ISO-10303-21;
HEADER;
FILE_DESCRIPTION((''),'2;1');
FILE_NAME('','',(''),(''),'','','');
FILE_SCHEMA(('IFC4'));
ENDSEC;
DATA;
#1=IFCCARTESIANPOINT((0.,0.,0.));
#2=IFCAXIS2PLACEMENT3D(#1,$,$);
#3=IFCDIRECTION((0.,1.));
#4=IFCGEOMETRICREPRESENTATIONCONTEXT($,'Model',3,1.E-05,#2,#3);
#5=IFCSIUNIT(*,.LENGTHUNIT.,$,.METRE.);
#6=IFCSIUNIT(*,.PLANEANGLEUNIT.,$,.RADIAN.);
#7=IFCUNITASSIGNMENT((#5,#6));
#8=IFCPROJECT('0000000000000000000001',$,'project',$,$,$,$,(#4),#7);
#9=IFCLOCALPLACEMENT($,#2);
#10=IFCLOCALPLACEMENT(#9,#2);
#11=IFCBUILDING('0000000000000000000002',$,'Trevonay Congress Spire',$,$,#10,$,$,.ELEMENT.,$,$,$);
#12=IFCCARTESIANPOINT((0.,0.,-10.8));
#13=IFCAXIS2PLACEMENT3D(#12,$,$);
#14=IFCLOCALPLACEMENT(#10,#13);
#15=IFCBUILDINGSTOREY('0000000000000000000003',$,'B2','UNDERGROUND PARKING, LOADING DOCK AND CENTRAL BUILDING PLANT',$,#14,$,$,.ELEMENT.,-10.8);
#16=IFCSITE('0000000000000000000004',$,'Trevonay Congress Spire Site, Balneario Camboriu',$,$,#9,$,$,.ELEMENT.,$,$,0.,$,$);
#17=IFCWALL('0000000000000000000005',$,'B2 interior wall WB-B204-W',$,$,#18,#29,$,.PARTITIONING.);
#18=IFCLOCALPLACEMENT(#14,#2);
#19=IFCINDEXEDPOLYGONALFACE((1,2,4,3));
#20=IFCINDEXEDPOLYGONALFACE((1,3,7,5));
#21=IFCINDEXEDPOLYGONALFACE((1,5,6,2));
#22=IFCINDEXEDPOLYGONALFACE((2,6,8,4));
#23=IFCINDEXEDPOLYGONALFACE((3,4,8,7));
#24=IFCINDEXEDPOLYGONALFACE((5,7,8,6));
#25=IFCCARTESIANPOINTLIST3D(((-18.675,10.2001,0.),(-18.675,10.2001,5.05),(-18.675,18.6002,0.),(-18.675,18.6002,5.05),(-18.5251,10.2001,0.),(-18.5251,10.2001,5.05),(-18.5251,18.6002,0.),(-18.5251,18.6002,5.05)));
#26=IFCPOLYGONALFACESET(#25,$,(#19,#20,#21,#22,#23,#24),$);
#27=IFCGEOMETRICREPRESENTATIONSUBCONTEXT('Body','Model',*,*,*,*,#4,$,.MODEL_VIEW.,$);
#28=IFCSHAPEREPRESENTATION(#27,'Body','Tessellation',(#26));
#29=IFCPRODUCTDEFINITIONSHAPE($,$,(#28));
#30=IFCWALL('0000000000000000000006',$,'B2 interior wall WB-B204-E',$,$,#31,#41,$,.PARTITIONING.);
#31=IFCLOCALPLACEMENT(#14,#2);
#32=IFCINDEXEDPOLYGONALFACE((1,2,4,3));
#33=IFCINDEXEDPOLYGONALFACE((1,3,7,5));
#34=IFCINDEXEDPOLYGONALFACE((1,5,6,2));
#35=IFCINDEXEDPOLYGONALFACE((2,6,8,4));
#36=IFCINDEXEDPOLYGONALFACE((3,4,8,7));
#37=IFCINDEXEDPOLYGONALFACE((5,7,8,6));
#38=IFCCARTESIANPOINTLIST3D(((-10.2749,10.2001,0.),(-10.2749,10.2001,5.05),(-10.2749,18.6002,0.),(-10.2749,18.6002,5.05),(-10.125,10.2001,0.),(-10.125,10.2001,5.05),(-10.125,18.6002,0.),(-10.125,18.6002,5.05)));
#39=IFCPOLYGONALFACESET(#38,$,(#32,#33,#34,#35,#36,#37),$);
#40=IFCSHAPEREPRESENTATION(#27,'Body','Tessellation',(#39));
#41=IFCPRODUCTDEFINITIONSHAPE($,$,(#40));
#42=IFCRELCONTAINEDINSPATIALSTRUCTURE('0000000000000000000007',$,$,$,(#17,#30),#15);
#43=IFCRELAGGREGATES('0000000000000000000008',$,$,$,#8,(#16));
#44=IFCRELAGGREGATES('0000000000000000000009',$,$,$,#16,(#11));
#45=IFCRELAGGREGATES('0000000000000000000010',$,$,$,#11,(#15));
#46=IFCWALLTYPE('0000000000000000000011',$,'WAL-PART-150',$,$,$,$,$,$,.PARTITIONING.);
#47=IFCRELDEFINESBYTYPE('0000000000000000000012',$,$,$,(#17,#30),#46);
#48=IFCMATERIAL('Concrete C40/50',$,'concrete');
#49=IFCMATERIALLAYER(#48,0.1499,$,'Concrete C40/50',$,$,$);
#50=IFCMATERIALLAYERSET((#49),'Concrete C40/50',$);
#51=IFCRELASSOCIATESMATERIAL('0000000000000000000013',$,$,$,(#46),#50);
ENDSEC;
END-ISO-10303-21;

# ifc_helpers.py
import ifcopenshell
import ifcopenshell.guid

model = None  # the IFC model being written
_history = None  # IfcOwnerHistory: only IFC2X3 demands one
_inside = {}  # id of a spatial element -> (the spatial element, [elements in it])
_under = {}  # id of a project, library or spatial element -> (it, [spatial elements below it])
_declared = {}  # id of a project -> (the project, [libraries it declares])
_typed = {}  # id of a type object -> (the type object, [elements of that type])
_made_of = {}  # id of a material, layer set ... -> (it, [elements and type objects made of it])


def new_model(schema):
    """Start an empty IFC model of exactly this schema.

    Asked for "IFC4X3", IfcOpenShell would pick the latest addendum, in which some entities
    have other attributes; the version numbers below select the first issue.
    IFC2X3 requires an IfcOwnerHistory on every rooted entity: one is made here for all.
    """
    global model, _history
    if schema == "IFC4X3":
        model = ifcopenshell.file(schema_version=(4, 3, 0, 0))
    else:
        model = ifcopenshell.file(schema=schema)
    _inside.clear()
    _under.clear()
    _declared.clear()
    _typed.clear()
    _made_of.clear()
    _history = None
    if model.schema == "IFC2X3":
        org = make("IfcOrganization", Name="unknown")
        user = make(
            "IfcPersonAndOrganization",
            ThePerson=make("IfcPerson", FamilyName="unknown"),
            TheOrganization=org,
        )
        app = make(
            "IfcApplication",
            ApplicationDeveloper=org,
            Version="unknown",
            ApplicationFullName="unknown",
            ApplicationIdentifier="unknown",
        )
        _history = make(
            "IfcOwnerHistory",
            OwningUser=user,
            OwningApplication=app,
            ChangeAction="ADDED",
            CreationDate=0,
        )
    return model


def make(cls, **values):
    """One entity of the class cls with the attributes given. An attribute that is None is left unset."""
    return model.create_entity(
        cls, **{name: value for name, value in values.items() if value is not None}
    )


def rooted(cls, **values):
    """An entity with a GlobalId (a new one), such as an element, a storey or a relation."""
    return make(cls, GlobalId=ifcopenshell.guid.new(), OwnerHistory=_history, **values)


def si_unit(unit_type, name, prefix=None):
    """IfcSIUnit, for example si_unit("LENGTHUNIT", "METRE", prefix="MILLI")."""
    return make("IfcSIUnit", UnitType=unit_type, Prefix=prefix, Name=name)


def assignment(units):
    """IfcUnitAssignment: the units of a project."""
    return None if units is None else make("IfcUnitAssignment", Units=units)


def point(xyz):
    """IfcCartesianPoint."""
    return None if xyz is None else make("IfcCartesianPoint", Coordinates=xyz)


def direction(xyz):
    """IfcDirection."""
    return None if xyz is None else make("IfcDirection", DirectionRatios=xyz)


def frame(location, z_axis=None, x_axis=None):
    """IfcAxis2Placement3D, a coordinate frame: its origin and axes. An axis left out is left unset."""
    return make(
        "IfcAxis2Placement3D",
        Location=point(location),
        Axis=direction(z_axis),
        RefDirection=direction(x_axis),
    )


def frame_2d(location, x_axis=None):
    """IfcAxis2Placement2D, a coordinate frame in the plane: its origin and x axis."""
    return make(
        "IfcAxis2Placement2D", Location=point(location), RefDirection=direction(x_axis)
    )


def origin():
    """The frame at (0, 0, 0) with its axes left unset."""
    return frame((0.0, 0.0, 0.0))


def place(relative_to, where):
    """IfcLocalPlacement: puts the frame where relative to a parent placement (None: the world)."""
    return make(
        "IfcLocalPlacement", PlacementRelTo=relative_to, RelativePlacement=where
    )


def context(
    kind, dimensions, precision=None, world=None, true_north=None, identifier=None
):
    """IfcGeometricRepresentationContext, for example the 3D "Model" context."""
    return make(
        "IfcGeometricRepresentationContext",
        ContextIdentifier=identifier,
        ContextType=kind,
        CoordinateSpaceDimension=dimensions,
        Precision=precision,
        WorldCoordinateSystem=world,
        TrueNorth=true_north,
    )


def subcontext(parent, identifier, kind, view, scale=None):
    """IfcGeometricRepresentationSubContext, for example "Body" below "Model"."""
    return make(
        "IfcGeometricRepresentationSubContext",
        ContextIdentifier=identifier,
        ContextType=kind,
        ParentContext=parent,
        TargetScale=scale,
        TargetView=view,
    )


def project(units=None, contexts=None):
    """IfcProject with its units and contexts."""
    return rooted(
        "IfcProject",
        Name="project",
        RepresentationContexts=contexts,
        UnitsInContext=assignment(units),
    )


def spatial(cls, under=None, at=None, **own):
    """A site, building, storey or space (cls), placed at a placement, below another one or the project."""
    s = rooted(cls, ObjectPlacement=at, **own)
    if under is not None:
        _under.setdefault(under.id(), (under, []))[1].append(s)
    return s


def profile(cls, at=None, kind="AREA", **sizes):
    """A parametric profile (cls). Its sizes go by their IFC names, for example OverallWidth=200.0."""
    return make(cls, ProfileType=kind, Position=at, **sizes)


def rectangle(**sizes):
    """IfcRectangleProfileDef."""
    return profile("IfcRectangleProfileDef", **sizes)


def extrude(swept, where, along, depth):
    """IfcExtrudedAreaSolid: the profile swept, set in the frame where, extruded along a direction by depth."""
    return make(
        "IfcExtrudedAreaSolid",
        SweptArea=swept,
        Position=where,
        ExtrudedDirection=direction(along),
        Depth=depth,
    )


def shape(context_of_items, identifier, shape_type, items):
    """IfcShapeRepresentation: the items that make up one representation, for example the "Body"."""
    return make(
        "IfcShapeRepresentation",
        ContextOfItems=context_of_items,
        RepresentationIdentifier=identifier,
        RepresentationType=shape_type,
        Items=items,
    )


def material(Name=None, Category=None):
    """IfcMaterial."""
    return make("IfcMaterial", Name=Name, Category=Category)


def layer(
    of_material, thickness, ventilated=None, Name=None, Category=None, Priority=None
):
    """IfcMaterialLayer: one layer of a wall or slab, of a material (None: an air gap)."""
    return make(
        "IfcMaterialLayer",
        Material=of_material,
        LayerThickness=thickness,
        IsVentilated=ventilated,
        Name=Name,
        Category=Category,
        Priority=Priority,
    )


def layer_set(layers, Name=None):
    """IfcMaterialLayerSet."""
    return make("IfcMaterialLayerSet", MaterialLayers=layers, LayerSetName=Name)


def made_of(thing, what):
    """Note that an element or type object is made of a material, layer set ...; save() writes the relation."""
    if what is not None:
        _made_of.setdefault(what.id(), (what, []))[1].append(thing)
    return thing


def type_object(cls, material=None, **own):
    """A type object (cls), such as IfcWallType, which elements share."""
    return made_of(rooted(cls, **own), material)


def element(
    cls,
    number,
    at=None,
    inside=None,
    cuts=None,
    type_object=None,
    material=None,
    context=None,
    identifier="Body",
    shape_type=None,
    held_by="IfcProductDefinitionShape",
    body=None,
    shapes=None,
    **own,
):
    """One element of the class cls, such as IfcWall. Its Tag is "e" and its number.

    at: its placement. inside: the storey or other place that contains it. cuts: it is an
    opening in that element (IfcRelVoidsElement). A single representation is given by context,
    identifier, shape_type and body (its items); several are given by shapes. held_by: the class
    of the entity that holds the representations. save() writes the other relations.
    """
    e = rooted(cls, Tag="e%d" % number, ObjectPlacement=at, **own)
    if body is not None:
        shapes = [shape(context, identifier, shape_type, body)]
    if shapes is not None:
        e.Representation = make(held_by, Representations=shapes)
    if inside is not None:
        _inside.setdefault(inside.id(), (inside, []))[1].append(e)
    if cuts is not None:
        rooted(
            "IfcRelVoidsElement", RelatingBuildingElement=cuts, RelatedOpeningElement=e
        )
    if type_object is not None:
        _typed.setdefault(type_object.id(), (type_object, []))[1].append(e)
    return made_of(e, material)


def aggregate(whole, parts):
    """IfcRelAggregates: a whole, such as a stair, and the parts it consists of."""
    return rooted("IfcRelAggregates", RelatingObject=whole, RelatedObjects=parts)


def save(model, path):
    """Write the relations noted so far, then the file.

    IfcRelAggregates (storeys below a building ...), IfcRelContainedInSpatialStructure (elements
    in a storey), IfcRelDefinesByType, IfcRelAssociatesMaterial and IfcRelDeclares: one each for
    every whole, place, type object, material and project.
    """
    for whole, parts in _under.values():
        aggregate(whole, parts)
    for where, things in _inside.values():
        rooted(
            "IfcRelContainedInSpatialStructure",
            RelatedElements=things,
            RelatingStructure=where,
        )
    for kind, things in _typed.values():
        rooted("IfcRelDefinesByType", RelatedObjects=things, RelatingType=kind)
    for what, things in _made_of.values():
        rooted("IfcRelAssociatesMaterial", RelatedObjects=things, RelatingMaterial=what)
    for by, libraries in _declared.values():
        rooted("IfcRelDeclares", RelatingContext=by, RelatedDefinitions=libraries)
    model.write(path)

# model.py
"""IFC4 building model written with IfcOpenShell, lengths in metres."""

from ifc_helpers import new_model, si_unit, direction, frame, frame_2d, origin, place, context, subcontext, project, spatial, rectangle, extrude, material, layer, layer_set, type_object, element, save


model = new_model("IFC4")

# Units and contexts
model_context = context("Model", 3, precision=1e-05, world=origin(), true_north=direction((0.0, 1.0)))
body_context = subcontext(model_context, "Body", "Model", "MODEL_VIEW")
ifc_project = project(units=[si_unit("LENGTHUNIT", "METRE"), si_unit("PLANEANGLEUNIT", "RADIAN")], contexts=[model_context])

# Site, building, storey
site_placement = place(None, origin())
site = spatial("IfcSite", under=ifc_project, at=site_placement, Name="Trevonay Congress Spire Site, Balneario Camboriu", CompositionType="ELEMENT", RefElevation=0.0)
building_placement = place(site_placement, origin())
building = spatial("IfcBuilding", under=site, at=building_placement, Name="Trevonay Congress Spire", CompositionType="ELEMENT")
storey_placement = place(building_placement, frame((0.0, 0.0, -10.8)))
storey = spatial("IfcBuildingStorey", under=building, at=storey_placement, Name="B2", Description="UNDERGROUND PARKING, LOADING DOCK AND CENTRAL BUILDING PLANT", CompositionType="ELEMENT", Elevation=-10.8)

# Shared definitions
ifc_material_1 = material(Name="Concrete C40/50", Category="concrete")
ifc_layer = layer(ifc_material_1, 0.1499, Name="Concrete C40/50")
ifc_layer_set = layer_set([ifc_layer], Name="Concrete C40/50")
wall_type = type_object("IfcWallType", Name="WAL-PART-150", PredefinedType="PARTITIONING", material=ifc_layer_set)

# Walls
for number, where, z_axis, x_axis, name in (
    (1, (-18.6001, 10.2, 0.0), (0.0, 0.0, 1.0), (0.0, 1.0, 0.0), "B2 interior wall WB-B204-W"),
    (2, (-10.2, 10.2, 0.0), (0.0, 0.0, 1.0), (0.0, 1.0, 0.0), "B2 interior wall WB-B204-E"),
):
    element("IfcWall", number, at=place(storey_placement, frame(where, z_axis=z_axis, x_axis=x_axis)), inside=storey, type_object=wall_type, Name=name, PredefinedType="PARTITIONING", context=body_context, shape_type="SweptSolid", body=[
        extrude(rectangle(XDim=8.4001, YDim=0.1499, at=frame_2d((4.2002, 0.0))), origin(), (0.0, 0.0, 1.0), 5.05),
    ])

save(model, "model.ifc")
